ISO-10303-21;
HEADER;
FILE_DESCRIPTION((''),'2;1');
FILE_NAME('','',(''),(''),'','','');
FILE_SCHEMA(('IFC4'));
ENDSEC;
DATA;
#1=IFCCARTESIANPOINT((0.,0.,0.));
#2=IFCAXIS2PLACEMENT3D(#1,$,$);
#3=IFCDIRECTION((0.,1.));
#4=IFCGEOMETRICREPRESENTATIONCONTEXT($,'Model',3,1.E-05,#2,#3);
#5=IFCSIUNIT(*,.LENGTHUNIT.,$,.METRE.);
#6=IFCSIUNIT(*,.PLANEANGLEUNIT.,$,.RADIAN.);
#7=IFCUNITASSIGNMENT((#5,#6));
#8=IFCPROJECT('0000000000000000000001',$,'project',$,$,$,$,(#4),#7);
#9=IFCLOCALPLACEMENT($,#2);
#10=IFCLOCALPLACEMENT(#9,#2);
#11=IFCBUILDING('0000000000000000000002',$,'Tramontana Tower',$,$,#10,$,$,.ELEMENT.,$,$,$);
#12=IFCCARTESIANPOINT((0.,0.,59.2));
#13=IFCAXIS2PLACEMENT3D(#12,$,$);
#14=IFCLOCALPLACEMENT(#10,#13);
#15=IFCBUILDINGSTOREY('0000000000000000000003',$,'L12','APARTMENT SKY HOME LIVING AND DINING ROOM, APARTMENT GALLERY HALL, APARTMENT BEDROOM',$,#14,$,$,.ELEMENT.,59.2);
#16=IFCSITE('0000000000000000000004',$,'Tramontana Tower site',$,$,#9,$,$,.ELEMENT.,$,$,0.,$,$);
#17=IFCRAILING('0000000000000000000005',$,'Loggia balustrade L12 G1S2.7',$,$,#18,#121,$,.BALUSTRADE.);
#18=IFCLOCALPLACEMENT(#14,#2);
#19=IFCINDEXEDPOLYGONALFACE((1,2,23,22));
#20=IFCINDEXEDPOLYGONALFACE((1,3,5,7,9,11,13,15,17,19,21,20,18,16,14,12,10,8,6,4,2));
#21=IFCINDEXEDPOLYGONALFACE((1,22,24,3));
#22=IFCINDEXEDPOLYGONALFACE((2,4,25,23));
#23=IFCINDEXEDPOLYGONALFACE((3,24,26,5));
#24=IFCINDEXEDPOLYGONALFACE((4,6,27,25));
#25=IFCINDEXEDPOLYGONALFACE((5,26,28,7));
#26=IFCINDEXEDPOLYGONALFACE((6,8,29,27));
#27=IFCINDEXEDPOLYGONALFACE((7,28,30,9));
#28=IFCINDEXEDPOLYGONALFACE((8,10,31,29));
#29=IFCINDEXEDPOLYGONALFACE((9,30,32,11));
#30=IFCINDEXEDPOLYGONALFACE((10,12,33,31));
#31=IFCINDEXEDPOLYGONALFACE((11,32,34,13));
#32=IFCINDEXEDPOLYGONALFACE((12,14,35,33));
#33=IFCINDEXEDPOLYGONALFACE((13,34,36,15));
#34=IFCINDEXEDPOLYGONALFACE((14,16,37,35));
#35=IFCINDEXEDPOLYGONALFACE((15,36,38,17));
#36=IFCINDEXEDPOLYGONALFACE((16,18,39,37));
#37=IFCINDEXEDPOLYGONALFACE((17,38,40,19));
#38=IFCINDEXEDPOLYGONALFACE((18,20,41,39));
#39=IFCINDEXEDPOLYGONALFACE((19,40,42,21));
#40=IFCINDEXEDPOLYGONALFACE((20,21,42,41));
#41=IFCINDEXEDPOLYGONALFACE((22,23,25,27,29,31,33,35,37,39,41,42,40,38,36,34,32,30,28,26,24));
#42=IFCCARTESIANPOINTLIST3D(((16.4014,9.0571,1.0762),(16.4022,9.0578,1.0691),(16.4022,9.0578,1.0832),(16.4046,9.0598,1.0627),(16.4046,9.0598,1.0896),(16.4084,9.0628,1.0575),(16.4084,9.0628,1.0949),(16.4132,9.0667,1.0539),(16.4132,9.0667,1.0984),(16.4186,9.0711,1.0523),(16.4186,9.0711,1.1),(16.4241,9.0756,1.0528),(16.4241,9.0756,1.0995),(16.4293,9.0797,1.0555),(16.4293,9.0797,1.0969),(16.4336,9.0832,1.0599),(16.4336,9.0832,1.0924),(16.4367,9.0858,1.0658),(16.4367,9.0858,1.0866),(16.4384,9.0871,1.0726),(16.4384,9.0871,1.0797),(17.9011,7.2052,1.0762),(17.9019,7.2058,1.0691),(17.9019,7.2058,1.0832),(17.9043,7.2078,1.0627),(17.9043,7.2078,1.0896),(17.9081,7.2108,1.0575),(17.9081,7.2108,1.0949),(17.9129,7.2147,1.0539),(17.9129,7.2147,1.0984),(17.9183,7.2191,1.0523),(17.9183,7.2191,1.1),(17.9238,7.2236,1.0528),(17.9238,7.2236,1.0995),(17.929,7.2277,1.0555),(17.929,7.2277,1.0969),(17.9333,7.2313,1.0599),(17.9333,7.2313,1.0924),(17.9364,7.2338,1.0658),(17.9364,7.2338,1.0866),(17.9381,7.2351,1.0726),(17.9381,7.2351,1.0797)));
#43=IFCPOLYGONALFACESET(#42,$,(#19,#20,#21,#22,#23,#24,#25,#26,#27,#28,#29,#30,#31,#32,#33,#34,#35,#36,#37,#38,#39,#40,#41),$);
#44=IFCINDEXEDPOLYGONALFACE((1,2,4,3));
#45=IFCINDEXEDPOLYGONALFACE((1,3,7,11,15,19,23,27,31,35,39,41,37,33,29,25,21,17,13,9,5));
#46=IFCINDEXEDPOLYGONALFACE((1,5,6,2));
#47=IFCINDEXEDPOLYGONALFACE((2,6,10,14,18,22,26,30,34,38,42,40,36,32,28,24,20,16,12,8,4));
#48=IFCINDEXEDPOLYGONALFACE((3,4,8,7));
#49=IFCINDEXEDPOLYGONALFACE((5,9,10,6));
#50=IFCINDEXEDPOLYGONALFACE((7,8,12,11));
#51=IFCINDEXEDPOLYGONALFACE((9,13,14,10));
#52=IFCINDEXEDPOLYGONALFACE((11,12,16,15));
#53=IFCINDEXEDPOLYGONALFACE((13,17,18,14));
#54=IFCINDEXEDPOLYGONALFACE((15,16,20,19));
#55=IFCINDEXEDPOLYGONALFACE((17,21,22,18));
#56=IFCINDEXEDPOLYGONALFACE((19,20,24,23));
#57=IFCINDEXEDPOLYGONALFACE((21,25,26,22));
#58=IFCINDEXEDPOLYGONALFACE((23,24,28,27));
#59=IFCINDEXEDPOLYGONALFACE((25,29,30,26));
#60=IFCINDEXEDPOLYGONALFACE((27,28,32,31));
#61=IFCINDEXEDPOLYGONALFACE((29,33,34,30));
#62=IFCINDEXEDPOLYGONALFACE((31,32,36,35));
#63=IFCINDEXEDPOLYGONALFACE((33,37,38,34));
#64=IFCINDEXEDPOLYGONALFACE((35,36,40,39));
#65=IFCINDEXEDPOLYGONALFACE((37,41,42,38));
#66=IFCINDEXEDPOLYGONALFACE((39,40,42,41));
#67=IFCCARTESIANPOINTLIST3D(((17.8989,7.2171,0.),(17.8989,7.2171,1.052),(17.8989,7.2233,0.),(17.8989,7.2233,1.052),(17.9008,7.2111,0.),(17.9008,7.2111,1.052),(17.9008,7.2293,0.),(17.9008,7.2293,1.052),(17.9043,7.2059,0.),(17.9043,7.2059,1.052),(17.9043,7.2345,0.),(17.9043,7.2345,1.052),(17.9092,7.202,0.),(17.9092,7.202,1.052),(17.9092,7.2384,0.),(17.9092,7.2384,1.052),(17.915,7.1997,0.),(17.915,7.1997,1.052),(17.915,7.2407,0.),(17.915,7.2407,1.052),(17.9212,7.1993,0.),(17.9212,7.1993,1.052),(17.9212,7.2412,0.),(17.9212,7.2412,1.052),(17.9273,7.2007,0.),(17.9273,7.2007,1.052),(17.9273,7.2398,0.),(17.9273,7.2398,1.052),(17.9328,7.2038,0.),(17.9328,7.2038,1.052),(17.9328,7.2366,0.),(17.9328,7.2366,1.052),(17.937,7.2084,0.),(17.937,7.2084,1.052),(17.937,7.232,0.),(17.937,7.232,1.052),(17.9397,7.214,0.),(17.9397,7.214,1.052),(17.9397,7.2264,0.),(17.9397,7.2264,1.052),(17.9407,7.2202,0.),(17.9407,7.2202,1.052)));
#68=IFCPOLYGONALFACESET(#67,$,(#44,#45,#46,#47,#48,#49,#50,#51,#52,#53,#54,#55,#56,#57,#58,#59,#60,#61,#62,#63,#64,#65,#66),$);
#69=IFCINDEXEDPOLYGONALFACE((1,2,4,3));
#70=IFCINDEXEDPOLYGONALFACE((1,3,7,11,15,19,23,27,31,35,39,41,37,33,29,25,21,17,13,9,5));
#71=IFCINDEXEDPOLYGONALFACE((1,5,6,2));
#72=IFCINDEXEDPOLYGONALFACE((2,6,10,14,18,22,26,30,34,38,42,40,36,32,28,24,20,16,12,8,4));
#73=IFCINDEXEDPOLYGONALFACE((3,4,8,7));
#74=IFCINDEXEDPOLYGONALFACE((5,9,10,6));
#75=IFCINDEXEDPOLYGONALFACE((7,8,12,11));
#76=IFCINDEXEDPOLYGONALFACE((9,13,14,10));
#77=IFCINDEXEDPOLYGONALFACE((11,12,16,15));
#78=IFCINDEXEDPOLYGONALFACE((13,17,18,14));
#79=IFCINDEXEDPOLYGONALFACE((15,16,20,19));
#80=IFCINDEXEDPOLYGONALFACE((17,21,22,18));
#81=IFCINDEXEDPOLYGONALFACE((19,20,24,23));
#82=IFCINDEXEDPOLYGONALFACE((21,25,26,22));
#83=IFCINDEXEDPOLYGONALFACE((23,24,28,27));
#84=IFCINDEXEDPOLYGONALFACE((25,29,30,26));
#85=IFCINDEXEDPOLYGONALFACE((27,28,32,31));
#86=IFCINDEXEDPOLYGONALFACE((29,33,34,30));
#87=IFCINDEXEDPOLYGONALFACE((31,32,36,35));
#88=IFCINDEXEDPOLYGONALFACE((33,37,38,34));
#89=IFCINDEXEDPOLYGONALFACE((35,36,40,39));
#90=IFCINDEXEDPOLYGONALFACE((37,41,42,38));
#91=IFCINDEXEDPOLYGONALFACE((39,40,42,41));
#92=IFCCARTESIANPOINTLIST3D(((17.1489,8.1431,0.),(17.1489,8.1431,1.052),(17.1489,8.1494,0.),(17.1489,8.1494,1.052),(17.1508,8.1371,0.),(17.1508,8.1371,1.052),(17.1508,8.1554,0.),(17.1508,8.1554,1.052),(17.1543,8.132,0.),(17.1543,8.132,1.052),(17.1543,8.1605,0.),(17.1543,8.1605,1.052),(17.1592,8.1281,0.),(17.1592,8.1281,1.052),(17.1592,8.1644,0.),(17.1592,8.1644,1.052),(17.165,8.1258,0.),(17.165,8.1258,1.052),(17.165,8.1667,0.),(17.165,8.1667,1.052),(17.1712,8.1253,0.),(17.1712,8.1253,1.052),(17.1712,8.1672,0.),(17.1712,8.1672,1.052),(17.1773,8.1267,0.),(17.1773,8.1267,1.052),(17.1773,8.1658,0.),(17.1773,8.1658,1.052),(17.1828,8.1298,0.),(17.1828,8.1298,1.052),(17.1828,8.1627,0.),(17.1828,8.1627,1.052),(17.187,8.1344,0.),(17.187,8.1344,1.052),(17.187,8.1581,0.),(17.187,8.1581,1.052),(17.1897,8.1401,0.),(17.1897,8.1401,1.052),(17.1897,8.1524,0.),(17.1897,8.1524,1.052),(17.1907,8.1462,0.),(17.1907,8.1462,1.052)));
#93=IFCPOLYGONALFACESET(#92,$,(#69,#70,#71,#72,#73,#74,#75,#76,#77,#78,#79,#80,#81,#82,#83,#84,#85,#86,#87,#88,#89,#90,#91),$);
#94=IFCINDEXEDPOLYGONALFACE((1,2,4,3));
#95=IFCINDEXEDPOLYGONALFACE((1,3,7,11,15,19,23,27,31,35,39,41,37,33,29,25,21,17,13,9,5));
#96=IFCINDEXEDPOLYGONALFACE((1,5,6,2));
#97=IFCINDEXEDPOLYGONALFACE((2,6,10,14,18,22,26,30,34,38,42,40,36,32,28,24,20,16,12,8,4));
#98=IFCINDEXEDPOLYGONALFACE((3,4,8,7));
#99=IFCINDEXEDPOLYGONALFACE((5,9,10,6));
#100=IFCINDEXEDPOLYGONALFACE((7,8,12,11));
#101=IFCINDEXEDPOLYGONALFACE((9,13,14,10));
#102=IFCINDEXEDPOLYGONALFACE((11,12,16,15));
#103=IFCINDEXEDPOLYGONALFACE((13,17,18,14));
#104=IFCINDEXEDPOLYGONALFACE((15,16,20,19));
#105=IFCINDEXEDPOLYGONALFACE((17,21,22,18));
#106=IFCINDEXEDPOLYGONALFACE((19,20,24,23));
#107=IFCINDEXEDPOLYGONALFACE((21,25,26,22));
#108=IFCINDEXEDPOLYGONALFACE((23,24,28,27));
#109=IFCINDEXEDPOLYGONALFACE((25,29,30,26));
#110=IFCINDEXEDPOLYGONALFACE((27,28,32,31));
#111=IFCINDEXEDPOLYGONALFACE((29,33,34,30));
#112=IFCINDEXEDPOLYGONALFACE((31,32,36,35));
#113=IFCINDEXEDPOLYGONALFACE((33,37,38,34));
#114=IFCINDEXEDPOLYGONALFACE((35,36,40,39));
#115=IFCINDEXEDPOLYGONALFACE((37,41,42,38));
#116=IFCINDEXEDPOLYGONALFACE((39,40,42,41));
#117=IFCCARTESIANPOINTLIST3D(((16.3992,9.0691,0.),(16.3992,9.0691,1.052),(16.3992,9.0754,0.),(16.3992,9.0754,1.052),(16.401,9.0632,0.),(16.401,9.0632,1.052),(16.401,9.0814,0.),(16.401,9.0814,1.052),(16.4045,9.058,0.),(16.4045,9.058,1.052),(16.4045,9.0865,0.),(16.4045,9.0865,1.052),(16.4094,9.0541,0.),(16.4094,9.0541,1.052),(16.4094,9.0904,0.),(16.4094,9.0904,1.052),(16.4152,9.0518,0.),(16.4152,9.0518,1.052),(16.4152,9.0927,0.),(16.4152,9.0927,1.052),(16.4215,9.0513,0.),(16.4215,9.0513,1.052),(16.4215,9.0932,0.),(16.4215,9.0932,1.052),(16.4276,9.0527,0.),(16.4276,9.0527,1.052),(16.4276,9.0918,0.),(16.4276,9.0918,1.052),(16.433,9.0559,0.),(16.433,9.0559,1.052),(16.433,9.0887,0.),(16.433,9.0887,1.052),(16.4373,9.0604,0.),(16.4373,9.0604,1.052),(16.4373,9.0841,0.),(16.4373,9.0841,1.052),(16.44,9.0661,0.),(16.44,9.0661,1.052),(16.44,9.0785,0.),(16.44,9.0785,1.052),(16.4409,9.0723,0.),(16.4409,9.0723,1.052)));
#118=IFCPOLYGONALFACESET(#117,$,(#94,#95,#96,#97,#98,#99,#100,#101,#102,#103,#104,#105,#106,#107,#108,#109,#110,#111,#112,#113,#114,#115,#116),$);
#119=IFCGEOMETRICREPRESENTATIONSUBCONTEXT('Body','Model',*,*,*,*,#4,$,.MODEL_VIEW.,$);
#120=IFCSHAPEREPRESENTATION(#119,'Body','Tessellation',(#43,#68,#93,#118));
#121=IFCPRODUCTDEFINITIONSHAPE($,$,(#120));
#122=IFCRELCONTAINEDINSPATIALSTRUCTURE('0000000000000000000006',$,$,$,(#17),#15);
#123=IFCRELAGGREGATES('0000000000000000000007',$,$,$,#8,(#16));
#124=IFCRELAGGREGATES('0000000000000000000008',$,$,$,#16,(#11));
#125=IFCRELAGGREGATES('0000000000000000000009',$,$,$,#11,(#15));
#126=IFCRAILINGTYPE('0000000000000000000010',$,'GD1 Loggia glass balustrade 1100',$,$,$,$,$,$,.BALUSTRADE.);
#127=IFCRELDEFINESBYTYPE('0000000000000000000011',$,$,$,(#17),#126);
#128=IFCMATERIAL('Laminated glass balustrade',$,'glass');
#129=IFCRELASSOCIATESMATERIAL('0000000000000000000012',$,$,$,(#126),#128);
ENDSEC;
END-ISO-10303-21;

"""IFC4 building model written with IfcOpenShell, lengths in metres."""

from ifc_helpers import new_model, si_unit, direction, frame, origin, origin_2d, place, context, subcontext, project, spatial, circle, extrude, material, type_object, element, save


model = new_model("IFC4")

# Units and contexts
model_context = context("Model", 3, precision=1e-05, world=origin(), true_north=direction((0.0, 1.0)))
body_context = subcontext(model_context, "Body", "Model", "MODEL_VIEW")
ifc_project = project(units=[si_unit("LENGTHUNIT", "METRE"), si_unit("PLANEANGLEUNIT", "RADIAN")], contexts=[model_context])

# Site, building, storey
site_placement = place(None, origin())
site = spatial("IfcSite", under=ifc_project, at=site_placement, Name="Tramontana Tower site", CompositionType="ELEMENT", RefElevation=0.0)
building_placement = place(site_placement, origin())
building = spatial("IfcBuilding", under=site, at=building_placement, Name="Tramontana Tower", CompositionType="ELEMENT")
storey_placement = place(building_placement, frame((0.0, 0.0, 59.2)))
storey = spatial("IfcBuildingStorey", under=building, at=storey_placement, Name="L12", Description="APARTMENT SKY HOME LIVING AND DINING ROOM, APARTMENT GALLERY HALL, APARTMENT BEDROOM", CompositionType="ELEMENT", Elevation=59.2)

# Railing
ifc_material_1 = material(Name="Laminated glass balustrade", Category="glass")
railing_type = type_object("IfcRailingType", Name="GD1 Loggia glass balustrade 1100", PredefinedType="BALUSTRADE", material=ifc_material_1)
railing_1_placement = place(storey_placement, frame((17.9197, 7.2202, 0.0)))
element("IfcRailing", 1, at=railing_1_placement, inside=storey, type_object=railing_type, Name="Loggia balustrade L12 G1S2.7", PredefinedType="BALUSTRADE", context=body_context, shape_type="SweptSolid", body=[
    extrude(circle(Radius=0.0239, at=origin_2d()), frame((0.0, 0.0, 1.0762), z_axis=(-0.629319, 0.777147, 0.0), x_axis=(-0.777147, -0.629319, 0.0)), (0.0, 0.0, 1.0), 2.3831),
    extrude(circle(Radius=0.021, at=origin_2d()), origin(), (0.0, 0.0, 1.0), 1.052),
    extrude(circle(Radius=0.021, at=origin_2d()), frame((-0.75, 0.926, 0.0)), (0.0, 0.0, 1.0), 1.052),
    extrude(circle(Radius=0.021, at=origin_2d()), frame((-1.4998, 1.8521, 0.0)), (0.0, 0.0, 1.0), 1.052),
])

save(model, "model.ifc")
